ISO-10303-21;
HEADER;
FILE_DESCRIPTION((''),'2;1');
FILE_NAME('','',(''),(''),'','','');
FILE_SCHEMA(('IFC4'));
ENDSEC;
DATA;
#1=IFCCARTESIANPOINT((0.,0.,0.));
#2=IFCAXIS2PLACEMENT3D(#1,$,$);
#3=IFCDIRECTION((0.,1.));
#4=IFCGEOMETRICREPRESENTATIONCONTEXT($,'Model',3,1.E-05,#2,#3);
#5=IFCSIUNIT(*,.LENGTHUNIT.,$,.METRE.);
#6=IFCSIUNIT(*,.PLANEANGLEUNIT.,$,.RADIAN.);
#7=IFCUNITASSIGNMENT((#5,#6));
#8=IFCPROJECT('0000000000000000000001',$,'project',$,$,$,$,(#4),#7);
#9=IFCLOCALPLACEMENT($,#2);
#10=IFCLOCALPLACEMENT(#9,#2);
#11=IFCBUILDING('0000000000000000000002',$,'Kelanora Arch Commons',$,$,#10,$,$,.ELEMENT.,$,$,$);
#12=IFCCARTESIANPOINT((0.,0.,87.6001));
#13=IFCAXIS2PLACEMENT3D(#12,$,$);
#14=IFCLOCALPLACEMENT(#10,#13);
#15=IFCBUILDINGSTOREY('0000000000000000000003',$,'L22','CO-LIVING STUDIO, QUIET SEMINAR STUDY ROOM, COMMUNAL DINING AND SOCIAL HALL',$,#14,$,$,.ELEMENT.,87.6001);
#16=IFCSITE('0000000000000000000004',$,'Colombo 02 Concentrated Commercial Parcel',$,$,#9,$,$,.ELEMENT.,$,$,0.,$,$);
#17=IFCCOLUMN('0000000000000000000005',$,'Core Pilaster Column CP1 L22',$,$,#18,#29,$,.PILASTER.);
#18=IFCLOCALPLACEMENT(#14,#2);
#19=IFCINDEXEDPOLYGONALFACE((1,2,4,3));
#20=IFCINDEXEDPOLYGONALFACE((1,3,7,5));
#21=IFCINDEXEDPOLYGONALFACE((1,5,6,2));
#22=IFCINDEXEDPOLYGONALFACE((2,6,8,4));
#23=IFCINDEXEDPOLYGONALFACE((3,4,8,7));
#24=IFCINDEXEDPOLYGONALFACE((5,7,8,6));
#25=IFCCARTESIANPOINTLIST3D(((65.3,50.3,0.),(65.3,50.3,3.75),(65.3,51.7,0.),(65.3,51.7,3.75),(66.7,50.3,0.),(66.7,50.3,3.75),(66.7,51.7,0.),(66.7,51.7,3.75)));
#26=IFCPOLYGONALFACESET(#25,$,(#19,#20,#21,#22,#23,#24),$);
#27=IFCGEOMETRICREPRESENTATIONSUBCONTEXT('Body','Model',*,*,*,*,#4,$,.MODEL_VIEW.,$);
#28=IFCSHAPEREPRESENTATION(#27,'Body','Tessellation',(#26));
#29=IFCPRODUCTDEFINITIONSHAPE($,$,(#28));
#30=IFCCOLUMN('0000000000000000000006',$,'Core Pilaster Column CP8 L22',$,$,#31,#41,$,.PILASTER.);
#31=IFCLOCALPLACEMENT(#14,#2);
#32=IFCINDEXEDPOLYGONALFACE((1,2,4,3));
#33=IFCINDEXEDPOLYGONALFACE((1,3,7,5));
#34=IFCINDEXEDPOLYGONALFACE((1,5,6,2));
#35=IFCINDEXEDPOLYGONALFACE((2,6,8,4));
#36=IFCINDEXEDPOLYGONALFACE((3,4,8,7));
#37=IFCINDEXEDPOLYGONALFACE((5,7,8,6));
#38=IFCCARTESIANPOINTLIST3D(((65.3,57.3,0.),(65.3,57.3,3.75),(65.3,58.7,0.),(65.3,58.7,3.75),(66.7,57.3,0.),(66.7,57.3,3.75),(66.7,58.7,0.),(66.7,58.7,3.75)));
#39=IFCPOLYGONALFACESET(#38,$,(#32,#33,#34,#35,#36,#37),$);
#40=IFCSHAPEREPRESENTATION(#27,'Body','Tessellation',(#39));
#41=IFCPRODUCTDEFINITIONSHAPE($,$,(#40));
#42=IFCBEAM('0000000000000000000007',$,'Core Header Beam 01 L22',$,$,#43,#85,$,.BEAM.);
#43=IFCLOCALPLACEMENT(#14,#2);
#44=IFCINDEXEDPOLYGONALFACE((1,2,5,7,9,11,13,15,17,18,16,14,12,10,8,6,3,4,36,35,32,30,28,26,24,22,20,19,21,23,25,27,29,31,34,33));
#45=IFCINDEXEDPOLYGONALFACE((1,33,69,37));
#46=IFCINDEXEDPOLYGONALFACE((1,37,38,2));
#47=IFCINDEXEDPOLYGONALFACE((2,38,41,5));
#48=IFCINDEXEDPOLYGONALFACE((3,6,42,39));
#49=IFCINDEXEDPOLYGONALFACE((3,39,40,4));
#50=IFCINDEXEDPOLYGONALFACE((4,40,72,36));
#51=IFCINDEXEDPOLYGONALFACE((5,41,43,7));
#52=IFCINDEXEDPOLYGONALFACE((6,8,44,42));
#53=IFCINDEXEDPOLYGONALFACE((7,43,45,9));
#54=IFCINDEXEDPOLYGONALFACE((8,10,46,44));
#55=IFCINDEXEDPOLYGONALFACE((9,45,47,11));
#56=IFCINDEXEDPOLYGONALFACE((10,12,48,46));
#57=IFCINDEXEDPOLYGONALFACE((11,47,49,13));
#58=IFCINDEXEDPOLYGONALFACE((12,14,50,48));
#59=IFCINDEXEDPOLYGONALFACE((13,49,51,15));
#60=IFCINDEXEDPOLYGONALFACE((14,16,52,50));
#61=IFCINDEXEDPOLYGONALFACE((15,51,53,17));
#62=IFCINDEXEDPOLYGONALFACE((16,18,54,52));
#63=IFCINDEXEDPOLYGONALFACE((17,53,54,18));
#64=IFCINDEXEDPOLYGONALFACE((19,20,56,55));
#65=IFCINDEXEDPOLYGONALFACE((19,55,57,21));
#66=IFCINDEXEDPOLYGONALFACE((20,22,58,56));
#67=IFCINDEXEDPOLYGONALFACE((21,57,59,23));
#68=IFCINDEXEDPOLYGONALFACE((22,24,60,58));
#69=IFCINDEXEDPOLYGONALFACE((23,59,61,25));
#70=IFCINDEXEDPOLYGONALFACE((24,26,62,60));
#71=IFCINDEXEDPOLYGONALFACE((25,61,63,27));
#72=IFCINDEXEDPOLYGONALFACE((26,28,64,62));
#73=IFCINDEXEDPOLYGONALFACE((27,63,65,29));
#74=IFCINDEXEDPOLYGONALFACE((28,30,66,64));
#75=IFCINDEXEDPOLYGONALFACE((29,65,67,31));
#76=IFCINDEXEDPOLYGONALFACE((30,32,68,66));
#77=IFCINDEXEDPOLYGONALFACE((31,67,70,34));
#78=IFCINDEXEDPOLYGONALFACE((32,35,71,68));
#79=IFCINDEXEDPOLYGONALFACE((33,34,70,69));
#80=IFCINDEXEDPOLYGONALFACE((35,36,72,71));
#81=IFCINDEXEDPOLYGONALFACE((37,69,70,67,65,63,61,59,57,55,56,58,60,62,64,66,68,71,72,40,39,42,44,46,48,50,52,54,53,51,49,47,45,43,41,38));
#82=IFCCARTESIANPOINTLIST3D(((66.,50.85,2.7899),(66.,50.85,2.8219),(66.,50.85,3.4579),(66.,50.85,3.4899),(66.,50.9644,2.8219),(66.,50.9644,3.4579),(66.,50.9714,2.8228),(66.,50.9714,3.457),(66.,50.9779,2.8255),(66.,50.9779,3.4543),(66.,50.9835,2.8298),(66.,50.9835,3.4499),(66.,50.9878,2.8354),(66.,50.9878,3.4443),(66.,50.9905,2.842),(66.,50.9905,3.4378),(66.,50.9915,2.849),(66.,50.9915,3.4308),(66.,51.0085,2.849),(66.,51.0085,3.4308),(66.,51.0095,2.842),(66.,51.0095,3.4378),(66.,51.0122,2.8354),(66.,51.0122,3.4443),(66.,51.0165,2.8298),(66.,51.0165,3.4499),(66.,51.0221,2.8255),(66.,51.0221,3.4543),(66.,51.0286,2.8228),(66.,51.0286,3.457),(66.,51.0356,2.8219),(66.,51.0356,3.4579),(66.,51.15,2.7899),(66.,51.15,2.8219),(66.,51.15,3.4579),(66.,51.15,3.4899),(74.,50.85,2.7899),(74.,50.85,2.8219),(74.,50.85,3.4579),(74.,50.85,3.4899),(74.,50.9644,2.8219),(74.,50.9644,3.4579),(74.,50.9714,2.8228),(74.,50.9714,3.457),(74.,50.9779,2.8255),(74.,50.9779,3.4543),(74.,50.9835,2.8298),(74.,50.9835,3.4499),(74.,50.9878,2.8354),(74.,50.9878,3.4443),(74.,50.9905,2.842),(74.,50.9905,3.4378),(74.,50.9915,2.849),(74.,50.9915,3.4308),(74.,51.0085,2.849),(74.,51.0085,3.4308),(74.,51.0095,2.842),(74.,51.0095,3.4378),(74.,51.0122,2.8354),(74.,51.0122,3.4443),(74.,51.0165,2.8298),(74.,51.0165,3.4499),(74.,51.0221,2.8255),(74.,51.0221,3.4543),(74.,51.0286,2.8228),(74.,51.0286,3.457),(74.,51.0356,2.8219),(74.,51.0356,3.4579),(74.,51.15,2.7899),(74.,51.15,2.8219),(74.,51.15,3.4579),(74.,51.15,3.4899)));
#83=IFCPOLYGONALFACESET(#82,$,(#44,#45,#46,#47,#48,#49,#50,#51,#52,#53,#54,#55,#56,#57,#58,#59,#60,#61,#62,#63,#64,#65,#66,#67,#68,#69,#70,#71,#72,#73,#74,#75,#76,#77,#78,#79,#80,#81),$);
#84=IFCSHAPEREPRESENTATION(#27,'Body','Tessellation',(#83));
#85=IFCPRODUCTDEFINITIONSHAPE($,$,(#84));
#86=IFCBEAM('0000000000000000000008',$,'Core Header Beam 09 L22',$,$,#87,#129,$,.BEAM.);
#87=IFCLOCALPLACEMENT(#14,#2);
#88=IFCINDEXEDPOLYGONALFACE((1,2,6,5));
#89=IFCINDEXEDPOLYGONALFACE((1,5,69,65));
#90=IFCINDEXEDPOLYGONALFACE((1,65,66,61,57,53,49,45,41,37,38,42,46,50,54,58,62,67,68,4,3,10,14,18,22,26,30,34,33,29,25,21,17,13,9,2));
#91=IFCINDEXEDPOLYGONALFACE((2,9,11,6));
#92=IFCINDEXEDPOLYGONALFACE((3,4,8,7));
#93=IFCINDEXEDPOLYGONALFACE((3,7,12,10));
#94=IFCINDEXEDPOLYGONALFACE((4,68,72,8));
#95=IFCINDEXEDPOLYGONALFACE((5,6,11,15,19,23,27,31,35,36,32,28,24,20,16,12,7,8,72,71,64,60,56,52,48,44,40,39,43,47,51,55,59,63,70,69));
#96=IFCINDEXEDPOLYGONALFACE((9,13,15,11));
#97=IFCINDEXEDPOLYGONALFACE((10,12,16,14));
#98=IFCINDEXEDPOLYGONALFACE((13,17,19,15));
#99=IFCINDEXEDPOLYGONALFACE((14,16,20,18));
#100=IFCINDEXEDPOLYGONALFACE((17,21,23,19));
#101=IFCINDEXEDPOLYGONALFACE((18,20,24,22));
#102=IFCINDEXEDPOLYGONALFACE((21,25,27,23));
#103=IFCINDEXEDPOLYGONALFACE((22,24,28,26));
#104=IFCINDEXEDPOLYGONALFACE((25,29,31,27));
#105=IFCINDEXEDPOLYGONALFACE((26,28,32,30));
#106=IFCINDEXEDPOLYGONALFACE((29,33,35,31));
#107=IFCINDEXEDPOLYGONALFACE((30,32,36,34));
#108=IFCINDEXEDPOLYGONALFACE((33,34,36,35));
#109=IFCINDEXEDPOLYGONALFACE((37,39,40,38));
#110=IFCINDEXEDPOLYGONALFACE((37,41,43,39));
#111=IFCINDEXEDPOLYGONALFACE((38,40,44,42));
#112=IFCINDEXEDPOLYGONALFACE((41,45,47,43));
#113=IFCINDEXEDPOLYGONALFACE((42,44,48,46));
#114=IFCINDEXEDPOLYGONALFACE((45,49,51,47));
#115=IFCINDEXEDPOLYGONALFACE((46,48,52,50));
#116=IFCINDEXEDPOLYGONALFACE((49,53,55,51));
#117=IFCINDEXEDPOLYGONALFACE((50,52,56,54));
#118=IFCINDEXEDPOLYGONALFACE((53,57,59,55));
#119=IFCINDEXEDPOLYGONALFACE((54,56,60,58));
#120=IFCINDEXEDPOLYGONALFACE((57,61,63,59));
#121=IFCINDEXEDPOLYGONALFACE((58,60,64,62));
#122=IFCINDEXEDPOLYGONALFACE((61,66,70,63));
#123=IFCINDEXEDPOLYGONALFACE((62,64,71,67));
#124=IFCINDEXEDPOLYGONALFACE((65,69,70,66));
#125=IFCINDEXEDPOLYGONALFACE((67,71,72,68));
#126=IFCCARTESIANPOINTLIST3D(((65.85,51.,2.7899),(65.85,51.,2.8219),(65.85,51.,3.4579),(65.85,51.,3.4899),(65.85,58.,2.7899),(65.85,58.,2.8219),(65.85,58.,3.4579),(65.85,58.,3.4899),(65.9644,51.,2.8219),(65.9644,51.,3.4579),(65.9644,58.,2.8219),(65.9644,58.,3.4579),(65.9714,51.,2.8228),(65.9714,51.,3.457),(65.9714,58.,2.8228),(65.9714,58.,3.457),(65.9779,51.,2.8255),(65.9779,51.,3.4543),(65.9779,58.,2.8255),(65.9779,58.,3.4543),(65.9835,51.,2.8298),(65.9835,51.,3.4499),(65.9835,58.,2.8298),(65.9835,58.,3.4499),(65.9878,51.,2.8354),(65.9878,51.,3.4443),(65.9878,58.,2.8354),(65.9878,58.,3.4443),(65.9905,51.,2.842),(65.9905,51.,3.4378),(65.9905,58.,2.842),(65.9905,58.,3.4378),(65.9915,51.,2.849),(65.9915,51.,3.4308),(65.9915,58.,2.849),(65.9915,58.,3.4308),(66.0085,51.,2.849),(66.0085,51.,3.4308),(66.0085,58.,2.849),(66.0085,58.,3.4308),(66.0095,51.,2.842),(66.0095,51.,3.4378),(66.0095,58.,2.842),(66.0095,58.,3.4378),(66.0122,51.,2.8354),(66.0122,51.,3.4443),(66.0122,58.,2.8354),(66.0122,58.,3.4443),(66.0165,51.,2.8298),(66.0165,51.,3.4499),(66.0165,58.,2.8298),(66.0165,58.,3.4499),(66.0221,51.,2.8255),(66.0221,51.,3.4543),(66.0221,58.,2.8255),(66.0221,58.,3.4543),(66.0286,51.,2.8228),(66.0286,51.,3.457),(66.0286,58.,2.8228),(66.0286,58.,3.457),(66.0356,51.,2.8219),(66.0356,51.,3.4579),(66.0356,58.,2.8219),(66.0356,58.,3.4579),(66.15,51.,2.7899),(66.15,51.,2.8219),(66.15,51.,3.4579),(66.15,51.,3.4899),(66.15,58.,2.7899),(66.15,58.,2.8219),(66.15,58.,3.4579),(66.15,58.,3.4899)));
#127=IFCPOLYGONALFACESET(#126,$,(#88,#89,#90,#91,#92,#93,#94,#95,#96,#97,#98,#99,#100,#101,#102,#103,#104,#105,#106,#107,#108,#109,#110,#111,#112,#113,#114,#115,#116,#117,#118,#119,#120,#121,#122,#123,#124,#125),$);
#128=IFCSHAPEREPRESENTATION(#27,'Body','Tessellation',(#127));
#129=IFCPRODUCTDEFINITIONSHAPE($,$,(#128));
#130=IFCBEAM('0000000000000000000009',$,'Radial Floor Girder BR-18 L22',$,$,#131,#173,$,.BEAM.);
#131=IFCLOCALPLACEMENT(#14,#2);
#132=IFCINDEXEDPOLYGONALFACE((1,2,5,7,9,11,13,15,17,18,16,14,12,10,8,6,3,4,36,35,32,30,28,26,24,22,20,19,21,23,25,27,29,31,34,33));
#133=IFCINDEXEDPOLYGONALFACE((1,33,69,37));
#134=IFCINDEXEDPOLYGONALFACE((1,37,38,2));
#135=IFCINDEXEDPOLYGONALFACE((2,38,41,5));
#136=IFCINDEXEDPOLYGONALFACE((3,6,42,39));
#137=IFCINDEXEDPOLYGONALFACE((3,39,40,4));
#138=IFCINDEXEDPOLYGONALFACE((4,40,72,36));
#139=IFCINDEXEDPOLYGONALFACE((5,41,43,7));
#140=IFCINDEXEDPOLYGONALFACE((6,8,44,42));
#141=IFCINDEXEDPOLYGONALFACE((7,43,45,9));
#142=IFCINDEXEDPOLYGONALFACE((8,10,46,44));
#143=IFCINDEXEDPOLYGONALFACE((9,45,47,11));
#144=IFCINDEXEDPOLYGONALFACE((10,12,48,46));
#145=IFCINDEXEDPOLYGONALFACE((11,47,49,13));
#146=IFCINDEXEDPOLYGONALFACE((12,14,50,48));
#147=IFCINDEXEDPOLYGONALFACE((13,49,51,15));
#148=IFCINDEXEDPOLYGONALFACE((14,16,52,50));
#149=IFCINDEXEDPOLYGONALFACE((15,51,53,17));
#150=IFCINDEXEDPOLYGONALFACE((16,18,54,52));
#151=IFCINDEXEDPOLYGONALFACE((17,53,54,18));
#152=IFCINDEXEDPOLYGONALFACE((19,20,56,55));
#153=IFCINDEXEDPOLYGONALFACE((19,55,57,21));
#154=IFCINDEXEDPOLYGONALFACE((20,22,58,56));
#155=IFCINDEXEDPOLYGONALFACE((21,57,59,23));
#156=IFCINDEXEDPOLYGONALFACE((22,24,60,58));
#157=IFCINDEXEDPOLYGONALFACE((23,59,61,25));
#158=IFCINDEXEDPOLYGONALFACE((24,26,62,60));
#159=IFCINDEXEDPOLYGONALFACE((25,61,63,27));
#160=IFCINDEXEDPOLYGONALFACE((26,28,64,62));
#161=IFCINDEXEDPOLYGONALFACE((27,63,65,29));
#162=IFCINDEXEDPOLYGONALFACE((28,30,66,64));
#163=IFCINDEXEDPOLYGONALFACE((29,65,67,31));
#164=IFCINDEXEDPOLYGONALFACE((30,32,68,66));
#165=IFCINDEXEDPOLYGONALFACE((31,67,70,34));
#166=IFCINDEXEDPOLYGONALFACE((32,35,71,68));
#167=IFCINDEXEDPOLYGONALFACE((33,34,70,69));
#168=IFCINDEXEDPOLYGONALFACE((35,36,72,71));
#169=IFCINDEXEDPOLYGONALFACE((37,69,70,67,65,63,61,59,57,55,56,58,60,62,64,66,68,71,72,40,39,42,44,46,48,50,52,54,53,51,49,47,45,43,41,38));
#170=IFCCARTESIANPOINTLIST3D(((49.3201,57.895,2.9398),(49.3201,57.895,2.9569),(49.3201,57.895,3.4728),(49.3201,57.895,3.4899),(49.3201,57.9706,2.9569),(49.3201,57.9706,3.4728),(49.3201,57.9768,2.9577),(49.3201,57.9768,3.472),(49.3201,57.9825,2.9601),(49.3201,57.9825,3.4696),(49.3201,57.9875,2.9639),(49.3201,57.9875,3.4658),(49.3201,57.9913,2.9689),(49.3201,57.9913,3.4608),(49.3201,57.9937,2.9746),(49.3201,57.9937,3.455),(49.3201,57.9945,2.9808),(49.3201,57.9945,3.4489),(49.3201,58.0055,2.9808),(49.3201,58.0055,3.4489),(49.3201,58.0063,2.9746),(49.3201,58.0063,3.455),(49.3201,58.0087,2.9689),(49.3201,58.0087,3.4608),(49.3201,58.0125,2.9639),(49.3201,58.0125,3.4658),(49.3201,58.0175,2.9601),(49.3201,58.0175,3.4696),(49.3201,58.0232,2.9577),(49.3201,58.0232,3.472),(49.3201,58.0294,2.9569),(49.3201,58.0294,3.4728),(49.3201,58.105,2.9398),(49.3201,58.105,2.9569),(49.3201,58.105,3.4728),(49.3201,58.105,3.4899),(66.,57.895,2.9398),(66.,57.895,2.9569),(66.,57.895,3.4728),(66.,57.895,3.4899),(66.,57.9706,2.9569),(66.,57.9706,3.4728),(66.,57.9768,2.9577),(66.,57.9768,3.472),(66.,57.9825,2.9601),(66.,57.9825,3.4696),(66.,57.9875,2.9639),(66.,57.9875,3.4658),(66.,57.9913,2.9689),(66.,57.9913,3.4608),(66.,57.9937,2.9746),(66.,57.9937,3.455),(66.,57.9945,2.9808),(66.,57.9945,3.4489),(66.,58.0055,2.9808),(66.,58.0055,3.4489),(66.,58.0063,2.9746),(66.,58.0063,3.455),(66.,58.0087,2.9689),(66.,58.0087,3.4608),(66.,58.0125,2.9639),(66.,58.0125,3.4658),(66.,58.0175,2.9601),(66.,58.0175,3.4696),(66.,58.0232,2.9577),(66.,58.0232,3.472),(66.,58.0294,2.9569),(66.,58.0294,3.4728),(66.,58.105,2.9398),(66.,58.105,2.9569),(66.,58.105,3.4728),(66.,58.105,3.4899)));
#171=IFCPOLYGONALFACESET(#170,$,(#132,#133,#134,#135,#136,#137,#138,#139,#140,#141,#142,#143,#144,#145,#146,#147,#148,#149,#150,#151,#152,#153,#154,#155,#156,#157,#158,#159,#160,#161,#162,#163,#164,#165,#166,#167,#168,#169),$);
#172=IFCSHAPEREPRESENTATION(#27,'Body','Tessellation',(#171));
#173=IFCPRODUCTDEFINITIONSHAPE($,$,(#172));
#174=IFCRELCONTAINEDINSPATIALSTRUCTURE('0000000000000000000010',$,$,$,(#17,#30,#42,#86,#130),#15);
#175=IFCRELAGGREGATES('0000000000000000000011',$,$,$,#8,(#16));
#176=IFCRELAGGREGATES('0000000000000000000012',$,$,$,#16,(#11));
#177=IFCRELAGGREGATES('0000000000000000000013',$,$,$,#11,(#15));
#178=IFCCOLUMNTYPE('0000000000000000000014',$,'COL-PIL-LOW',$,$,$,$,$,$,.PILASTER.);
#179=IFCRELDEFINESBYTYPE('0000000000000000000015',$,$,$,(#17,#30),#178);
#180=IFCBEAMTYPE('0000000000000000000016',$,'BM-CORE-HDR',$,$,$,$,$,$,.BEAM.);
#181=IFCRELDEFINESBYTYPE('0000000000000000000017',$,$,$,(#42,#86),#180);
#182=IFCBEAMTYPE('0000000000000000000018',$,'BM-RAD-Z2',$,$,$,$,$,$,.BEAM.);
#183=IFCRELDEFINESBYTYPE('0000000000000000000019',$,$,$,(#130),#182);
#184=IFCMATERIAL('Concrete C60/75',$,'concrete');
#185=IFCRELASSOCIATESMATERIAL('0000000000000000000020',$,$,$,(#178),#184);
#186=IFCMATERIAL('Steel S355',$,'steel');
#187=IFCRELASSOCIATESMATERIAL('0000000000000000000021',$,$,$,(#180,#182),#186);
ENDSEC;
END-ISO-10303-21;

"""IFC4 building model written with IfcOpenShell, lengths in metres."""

from ifc_helpers import new_model, si_unit, direction, frame, origin, origin_2d, place, context, subcontext, project, spatial, rectangle, i_section, extrude, material, material_profile, profile_set, type_object, element, save


model = new_model("IFC4")

# Units and contexts
model_context = context("Model", 3, precision=1e-05, world=origin(), true_north=direction((0.0, 1.0)))
body_context = subcontext(model_context, "Body", "Model", "MODEL_VIEW")
ifc_project = project(units=[si_unit("LENGTHUNIT", "METRE"), si_unit("PLANEANGLEUNIT", "RADIAN")], contexts=[model_context])

# Site, building, storey
site_placement = place(None, origin())
site = spatial("IfcSite", under=ifc_project, at=site_placement, Name="Colombo 02 Concentrated Commercial Parcel", CompositionType="ELEMENT", RefElevation=0.0)
building_placement = place(site_placement, origin())
building = spatial("IfcBuilding", under=site, at=building_placement, Name="Kelanora Arch Commons", CompositionType="ELEMENT")
storey_placement = place(building_placement, frame((0.0, 0.0, 87.6001)))
storey = spatial("IfcBuildingStorey", under=building, at=storey_placement, Name="L22", Description="CO-LIVING STUDIO, QUIET SEMINAR STUDY ROOM, COMMUNAL DINING AND SOCIAL HALL", CompositionType="ELEMENT", Elevation=87.6001)

# Columns
ifc_material_1 = material(Name="Concrete C60/75", Category="concrete")
ifc_material_profile_1 = material_profile(ifc_material_1, rectangle(XDim=1.3999, YDim=1.3999, at=origin_2d()), Name="RC1400x1400")
ifc_profile_set_1 = profile_set([ifc_material_profile_1], Name="Concrete C60/75")
column_type = type_object("IfcColumnType", Name="COL-PIL-LOW", PredefinedType="PILASTER", material=ifc_profile_set_1)
for number, where, z_axis, x_axis, name in (
    (1, (66.0, 51.0, 0.0), (0.0, 0.0, 1.0), (1.0, 0.0, 0.0), "Core Pilaster Column CP1 L22"),
    (2, (66.0, 58.0, 0.0), (0.0, 0.0, 1.0), (1.0, 0.0, 0.0), "Core Pilaster Column CP8 L22"),
):
    element("IfcColumn", number, at=place(storey_placement, frame(where, z_axis=z_axis, x_axis=x_axis)), inside=storey, type_object=column_type, Name=name, PredefinedType="PILASTER", context=body_context, shape_type="SweptSolid", body=[
        extrude(rectangle(XDim=1.3999, YDim=1.3999, at=origin_2d()), origin(), (0.0, 0.0, 1.0), 3.75),
    ])

# Beams
ifc_material_2 = material(Name="Steel S355", Category="steel")
ifc_material_profile_2 = material_profile(ifc_material_2, i_section(OverallWidth=0.3, OverallDepth=0.7, WebThickness=0.0171, FlangeThickness=0.032, FilletRadius=0.0271, at=origin_2d()), Name="HEB700")
ifc_profile_set_2 = profile_set([ifc_material_profile_2], Name="Steel S355")
beam_type_1 = type_object("IfcBeamType", Name="BM-CORE-HDR", PredefinedType="BEAM", material=ifc_profile_set_2)
beam_1_placement = place(storey_placement, frame((66.0, 51.0, 3.1399), z_axis=(1.0, 0.0, 0.0), x_axis=(0.0, 1.0, 0.0)))
element("IfcBeam", 3, at=beam_1_placement, inside=storey, type_object=beam_type_1, Name="Core Header Beam 01 L22", PredefinedType="BEAM", context=body_context, shape_type="SweptSolid", body=[
    extrude(i_section(OverallWidth=0.3, OverallDepth=0.7, WebThickness=0.0171, FlangeThickness=0.032, FilletRadius=0.0271, at=origin_2d()), origin(), (0.0, 0.0, 1.0), 8.0),
])
beam_2_placement = place(storey_placement, frame((66.0, 58.0, 3.1399), z_axis=(0.0, -1.0, 0.0), x_axis=(1.0, 0.0, 0.0)))
element("IfcBeam", 4, at=beam_2_placement, inside=storey, type_object=beam_type_1, Name="Core Header Beam 09 L22", PredefinedType="BEAM", context=body_context, shape_type="SweptSolid", body=[
    extrude(i_section(OverallWidth=0.3, OverallDepth=0.7, WebThickness=0.0171, FlangeThickness=0.032, FilletRadius=0.0271, at=origin_2d()), origin(), (0.0, 0.0, 1.0), 7.0),
])
ifc_material_profile_3 = material_profile(ifc_material_2, i_section(OverallWidth=0.21, OverallDepth=0.55, WebThickness=0.011, FlangeThickness=0.0171, FilletRadius=0.0239, at=origin_2d()), Name="IPE550")
ifc_profile_set_3 = profile_set([ifc_material_profile_3], Name="Steel S355")
beam_type_2 = type_object("IfcBeamType", Name="BM-RAD-Z2", PredefinedType="BEAM", material=ifc_profile_set_3)
beam_3_placement = place(storey_placement, frame((66.0, 58.0, 3.2148), z_axis=(-1.0, 0.0, 0.0), x_axis=(0.0, -1.0, 0.0)))
element("IfcBeam", 5, at=beam_3_placement, inside=storey, type_object=beam_type_2, Name="Radial Floor Girder BR-18 L22", PredefinedType="BEAM", context=body_context, shape_type="SweptSolid", body=[
    extrude(i_section(OverallWidth=0.21, OverallDepth=0.55, WebThickness=0.011, FlangeThickness=0.0171, FilletRadius=0.0239, at=origin_2d()), origin(), (0.0, 0.0, 1.0), 16.6799),
])

save(model, "model.ifc")
